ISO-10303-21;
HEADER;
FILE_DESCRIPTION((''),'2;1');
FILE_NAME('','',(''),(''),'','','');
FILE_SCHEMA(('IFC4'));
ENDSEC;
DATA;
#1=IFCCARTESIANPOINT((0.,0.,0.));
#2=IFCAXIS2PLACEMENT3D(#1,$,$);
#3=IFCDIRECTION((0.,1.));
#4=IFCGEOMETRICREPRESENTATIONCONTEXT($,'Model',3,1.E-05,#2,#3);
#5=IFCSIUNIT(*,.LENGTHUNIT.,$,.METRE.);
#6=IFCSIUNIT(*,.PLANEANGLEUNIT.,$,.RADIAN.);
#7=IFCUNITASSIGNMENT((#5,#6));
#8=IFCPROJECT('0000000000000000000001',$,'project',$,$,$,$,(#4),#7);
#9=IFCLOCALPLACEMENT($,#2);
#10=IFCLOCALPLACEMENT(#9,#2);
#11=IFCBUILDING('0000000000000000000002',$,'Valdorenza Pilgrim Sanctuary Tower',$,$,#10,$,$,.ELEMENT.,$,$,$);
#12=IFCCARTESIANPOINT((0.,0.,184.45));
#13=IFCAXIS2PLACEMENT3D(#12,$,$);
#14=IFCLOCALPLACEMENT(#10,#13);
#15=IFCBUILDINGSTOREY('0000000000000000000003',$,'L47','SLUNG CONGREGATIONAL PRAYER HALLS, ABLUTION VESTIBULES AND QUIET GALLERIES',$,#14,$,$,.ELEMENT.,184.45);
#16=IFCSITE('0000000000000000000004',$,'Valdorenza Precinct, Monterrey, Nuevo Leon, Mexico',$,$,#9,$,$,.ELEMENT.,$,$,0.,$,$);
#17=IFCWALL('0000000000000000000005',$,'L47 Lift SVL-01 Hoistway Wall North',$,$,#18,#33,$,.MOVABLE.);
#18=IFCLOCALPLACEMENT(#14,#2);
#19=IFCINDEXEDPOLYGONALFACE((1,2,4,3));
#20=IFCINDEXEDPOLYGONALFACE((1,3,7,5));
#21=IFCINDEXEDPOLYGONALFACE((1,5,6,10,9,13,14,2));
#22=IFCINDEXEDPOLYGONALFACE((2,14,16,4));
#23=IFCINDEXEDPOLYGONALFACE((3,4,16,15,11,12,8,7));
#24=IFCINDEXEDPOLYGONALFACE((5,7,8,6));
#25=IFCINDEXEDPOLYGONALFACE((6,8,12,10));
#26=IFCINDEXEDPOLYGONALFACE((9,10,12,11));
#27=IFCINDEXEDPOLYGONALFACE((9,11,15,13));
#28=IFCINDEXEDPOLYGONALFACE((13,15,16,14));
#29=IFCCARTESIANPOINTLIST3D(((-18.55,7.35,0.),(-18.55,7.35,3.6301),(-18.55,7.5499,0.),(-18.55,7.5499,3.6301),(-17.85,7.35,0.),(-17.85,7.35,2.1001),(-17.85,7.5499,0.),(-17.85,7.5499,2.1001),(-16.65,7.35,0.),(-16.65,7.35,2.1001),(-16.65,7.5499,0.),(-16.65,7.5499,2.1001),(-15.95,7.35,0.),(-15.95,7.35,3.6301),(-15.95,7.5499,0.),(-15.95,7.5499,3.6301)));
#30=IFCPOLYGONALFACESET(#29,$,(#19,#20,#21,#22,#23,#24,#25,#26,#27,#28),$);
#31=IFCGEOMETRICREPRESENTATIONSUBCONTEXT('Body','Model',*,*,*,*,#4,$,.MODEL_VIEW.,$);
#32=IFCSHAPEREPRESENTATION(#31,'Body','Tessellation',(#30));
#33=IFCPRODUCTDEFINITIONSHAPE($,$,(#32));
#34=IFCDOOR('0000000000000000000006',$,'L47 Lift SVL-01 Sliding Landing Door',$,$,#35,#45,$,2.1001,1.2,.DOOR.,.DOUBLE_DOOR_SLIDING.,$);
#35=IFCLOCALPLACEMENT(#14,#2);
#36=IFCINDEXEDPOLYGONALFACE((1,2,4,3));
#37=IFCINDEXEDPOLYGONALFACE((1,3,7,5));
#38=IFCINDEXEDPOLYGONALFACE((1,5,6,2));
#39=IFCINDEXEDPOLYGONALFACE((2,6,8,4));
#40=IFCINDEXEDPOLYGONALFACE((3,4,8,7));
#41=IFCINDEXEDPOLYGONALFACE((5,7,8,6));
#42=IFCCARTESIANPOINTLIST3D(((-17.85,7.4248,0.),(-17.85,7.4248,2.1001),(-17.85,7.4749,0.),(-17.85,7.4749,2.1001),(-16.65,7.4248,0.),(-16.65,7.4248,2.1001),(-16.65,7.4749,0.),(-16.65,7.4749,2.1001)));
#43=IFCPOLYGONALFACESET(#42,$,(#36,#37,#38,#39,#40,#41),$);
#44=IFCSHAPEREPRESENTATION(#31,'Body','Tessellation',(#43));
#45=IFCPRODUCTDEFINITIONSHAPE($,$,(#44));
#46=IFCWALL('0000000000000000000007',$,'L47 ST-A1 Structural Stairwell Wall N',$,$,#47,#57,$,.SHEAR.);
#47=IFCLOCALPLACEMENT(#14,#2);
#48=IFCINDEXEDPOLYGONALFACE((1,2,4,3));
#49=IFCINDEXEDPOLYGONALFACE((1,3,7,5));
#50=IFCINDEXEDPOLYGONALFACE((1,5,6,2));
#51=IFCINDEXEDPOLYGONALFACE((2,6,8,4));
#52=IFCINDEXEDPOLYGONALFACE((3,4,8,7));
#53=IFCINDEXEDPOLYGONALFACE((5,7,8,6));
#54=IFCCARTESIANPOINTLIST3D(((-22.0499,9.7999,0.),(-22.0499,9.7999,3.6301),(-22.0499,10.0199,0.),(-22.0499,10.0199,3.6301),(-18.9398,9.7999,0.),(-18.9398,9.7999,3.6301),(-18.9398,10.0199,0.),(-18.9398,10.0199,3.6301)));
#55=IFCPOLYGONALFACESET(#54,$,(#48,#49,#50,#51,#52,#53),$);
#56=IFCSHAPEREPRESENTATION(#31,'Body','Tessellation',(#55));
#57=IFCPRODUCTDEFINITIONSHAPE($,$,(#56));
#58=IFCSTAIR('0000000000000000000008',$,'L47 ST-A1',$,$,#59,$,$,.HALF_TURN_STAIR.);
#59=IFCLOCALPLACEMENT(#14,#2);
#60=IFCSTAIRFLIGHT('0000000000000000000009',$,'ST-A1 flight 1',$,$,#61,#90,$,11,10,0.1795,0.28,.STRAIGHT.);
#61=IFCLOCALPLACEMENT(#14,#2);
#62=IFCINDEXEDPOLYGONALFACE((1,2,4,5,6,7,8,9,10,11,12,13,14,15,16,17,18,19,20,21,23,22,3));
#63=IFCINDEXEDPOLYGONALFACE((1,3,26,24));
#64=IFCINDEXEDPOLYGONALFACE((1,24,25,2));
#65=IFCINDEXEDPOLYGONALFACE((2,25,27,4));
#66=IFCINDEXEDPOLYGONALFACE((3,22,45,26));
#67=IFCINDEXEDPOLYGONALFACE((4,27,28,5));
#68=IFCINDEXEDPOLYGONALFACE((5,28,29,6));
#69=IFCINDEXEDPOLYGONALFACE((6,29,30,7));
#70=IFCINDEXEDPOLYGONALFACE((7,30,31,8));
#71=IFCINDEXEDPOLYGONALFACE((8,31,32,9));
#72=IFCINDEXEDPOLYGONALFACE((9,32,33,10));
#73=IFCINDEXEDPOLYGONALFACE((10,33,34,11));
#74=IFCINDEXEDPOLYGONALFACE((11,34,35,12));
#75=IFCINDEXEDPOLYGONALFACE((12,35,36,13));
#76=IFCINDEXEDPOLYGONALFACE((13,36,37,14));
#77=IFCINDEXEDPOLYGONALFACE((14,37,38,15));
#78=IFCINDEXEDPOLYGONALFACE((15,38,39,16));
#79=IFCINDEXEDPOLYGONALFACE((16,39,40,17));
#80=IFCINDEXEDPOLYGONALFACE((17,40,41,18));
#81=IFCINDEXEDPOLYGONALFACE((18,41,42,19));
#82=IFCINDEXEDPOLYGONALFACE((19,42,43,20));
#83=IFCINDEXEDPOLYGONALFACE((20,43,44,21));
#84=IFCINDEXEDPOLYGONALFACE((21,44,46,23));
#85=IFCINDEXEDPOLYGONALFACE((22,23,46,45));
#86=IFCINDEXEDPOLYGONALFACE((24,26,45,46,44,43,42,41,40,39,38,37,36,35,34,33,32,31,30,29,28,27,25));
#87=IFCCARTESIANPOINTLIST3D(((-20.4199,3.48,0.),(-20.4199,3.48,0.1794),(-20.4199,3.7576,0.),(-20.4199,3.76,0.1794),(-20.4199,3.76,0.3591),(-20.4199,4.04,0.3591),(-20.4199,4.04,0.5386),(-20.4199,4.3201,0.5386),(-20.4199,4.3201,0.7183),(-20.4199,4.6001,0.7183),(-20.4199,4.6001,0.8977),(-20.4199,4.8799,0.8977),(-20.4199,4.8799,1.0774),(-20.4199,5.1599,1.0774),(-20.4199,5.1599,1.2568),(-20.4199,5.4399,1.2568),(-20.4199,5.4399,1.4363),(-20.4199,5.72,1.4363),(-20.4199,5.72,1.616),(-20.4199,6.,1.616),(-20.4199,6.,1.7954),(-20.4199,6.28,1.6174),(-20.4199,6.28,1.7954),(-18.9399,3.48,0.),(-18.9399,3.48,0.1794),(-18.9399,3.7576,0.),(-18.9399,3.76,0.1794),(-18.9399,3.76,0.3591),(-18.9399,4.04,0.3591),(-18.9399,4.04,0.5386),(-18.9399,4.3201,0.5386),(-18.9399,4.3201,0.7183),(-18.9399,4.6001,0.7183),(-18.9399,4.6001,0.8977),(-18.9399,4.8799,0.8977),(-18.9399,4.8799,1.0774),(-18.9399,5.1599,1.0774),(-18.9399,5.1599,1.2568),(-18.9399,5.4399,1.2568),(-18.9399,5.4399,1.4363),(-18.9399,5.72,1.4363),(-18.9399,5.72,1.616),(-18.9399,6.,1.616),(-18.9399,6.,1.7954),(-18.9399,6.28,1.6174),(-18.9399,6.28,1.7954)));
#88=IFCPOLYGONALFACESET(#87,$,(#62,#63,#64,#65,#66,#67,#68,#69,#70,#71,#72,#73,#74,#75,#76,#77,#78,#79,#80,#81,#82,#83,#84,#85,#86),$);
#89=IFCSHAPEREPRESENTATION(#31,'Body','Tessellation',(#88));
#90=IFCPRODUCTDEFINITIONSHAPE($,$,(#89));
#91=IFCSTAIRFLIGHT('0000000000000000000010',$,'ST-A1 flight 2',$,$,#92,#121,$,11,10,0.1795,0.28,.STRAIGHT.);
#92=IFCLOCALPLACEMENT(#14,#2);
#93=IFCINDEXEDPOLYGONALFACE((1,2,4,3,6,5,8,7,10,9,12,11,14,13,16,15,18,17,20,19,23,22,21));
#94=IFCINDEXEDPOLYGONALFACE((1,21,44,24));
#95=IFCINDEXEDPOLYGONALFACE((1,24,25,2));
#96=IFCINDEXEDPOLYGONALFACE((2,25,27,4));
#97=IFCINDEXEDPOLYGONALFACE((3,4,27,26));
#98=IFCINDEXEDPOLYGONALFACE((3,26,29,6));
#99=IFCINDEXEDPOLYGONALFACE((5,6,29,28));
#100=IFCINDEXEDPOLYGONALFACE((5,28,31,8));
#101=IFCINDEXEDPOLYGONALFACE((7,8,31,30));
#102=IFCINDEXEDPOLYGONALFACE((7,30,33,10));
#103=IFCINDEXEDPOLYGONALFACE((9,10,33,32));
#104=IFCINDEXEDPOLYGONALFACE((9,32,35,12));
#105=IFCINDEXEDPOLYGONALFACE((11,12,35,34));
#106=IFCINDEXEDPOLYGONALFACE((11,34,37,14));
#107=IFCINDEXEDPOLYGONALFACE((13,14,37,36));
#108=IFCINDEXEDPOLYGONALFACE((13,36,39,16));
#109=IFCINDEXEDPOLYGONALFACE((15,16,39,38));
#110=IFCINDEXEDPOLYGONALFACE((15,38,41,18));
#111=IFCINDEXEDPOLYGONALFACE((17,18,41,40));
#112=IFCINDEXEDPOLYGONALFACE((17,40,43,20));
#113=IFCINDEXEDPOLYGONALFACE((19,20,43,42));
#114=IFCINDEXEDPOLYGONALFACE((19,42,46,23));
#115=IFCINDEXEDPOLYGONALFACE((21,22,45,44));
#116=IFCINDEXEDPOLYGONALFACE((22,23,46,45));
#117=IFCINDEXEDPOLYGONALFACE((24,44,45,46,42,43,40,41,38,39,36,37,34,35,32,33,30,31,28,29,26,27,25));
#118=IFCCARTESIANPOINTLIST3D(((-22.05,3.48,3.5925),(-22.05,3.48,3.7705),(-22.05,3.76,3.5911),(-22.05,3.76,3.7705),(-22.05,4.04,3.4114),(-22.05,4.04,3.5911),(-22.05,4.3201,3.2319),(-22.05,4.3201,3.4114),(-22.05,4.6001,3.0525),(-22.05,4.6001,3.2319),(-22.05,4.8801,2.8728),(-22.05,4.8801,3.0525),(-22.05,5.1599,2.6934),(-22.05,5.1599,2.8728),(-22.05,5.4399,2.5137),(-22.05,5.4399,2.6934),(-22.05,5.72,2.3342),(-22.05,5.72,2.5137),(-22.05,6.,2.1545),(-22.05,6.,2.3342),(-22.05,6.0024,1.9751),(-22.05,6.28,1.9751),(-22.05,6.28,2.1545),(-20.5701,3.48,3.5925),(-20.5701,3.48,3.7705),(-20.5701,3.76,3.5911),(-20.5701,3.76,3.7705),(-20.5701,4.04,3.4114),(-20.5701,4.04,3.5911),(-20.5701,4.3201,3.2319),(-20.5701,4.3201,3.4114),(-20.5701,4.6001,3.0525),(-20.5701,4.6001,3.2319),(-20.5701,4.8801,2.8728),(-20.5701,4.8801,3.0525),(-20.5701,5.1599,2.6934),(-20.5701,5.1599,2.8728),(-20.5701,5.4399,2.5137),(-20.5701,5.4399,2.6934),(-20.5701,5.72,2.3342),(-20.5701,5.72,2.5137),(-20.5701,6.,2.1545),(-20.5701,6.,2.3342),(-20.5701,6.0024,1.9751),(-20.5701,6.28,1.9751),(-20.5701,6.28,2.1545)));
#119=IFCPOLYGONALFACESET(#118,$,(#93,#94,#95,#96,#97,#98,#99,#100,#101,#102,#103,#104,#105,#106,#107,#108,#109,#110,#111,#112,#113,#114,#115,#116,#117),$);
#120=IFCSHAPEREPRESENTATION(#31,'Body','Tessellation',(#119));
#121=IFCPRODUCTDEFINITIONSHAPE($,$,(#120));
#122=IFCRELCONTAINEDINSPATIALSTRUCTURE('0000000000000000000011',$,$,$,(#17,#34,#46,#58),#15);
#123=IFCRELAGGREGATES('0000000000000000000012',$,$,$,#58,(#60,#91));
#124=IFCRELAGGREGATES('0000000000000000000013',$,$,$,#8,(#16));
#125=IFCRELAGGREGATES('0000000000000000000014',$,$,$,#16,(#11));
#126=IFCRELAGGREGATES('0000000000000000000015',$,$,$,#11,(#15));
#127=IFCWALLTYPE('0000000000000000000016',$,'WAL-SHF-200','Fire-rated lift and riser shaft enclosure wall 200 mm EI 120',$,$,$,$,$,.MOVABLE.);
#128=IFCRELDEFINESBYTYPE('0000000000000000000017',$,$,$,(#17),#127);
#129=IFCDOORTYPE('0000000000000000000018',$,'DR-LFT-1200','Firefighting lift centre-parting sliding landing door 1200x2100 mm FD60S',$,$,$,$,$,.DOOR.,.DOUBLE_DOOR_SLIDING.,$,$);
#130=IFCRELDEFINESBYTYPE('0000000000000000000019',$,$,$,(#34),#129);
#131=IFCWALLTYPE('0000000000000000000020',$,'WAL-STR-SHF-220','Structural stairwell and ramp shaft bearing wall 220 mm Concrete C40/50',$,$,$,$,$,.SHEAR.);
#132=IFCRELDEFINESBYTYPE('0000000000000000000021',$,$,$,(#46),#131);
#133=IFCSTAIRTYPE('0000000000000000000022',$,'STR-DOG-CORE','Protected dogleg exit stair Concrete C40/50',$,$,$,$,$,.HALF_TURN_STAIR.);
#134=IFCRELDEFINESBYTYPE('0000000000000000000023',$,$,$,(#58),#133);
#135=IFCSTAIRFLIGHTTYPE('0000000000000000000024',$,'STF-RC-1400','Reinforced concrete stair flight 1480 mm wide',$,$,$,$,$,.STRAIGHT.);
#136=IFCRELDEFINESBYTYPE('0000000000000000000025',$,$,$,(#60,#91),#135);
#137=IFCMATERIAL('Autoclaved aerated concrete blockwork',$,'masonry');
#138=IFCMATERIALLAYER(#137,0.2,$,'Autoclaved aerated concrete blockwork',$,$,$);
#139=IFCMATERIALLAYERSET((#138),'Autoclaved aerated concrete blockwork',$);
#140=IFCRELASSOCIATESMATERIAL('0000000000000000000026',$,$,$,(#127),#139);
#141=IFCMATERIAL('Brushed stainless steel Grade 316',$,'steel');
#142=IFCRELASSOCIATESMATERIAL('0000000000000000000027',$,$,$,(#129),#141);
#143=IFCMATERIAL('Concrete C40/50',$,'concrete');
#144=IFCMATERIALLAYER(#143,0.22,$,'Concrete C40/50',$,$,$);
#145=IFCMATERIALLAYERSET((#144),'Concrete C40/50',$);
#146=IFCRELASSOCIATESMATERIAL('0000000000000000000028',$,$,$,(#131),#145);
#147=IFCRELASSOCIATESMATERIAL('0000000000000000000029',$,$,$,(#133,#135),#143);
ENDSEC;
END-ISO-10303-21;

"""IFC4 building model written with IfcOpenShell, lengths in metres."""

from ifc_helpers import new_model, si_unit, direction, frame, frame_2d, origin, place, context, subcontext, project, spatial, polyline, rectangle, outline, extrude, material, layer, layer_set, type_object, element, fill, aggregate, save


model = new_model("IFC4")

# Units and contexts
model_context = context("Model", 3, precision=1e-05, world=origin(), true_north=direction((0.0, 1.0)))
body_context = subcontext(model_context, "Body", "Model", "MODEL_VIEW")
ifc_project = project(units=[si_unit("LENGTHUNIT", "METRE"), si_unit("PLANEANGLEUNIT", "RADIAN")], contexts=[model_context])

# Site, building, storey
site_placement = place(None, origin())
site = spatial("IfcSite", under=ifc_project, at=site_placement, Name="Valdorenza Precinct, Monterrey, Nuevo Leon, Mexico", CompositionType="ELEMENT", RefElevation=0.0)
building_placement = place(site_placement, origin())
building = spatial("IfcBuilding", under=site, at=building_placement, Name="Valdorenza Pilgrim Sanctuary Tower", CompositionType="ELEMENT")
storey_placement = place(building_placement, frame((0.0, 0.0, 184.45)))
storey = spatial("IfcBuildingStorey", under=building, at=storey_placement, Name="L47", Description="SLUNG CONGREGATIONAL PRAYER HALLS, ABLUTION VESTIBULES AND QUIET GALLERIES", CompositionType="ELEMENT", Elevation=184.45)

# Shared definitions
ifc_material_1 = material(Name="Autoclaved aerated concrete blockwork", Category="masonry")
ifc_layer_1 = layer(ifc_material_1, 0.2, Name="Autoclaved aerated concrete blockwork")
ifc_layer_set_1 = layer_set([ifc_layer_1], Name="Autoclaved aerated concrete blockwork")
wall_type_1 = type_object("IfcWallType", Name="WAL-SHF-200", Description="Fire-rated lift and riser shaft enclosure wall 200 mm EI 120", PredefinedType="MOVABLE", material=ifc_layer_set_1)

# Wall, opening, door
wall_1_placement = place(storey_placement, frame((-18.55, 7.45, 0.0), z_axis=(0.0, 0.0, 1.0), x_axis=(1.0, 0.0, 0.0)))
wall_1 = element("IfcWall", 1, at=wall_1_placement, inside=storey, type_object=wall_type_1, Name="L47 Lift SVL-01 Hoistway Wall North", PredefinedType="MOVABLE", context=body_context, shape_type="SweptSolid", body=[
    extrude(rectangle(XDim=2.6001, YDim=0.2, at=frame_2d((1.3, 0.0))), origin(), (0.0, 0.0, 1.0), 3.6301),
])
opening_1_placement = place(wall_1_placement, frame((0.7, 0.0, 0.0)))
opening_1 = element("IfcOpeningElement", 2, at=opening_1_placement, cuts=wall_1, PredefinedType="OPENING", context=body_context, shape_type="SweptSolid", body=[
    extrude(rectangle(XDim=1.2, YDim=2.1001, at=frame_2d((0.6001, 1.05))), frame((0.0, 0.1147, 0.0), z_axis=(0.0, -1.0, 0.0), x_axis=(1.0, 0.0, 0.0)), (0.0, 0.0, 1.0), 0.2297),
])
ifc_material_2 = material(Name="Brushed stainless steel Grade 316", Category="steel")
door_type_1 = type_object("IfcDoorType", Name="DR-LFT-1200", Description="Firefighting lift centre-parting sliding landing door 1200x2100 mm FD60S", OperationType="DOUBLE_DOOR_SLIDING", PredefinedType="DOOR", material=ifc_material_2)
door_1_placement = place(opening_1_placement, origin())
door_1 = element("IfcDoor", 3, at=door_1_placement, inside=storey, type_object=door_type_1, Name="L47 Lift SVL-01 Sliding Landing Door", OperationType="DOUBLE_DOOR_SLIDING", OverallHeight=2.1001, OverallWidth=1.2, PredefinedType="DOOR", context=body_context, shape_type="SweptSolid", body=[
    extrude(rectangle(XDim=1.2, YDim=2.1001, at=frame_2d((0.6001, 1.05))), frame((0.0, 0.0249, 0.0), z_axis=(0.0, -1.0, 0.0), x_axis=(1.0, 0.0, 0.0)), (0.0, 0.0, 1.0), 0.05),
])
fill(opening_1, door_1)
ifc_material_3 = material(Name="Concrete C40/50", Category="concrete")
ifc_layer_2 = layer(ifc_material_3, 0.22, Name="Concrete C40/50")
ifc_layer_set_2 = layer_set([ifc_layer_2], Name="Concrete C40/50")
wall_type_2 = type_object("IfcWallType", Name="WAL-STR-SHF-220", Description="Structural stairwell and ramp shaft bearing wall 220 mm Concrete C40/50", PredefinedType="SHEAR", material=ifc_layer_set_2)

# Wall
wall_2_placement = place(storey_placement, frame((-22.05, 9.9099, 0.0), z_axis=(0.0, 0.0, 1.0), x_axis=(1.0, 0.0, 0.0)))
element("IfcWall", 4, at=wall_2_placement, inside=storey, type_object=wall_type_2, Name="L47 ST-A1 Structural Stairwell Wall N", PredefinedType="SHEAR", context=body_context, shape_type="SweptSolid", body=[
    extrude(rectangle(XDim=3.1101, YDim=0.22, at=frame_2d((1.5552, 0.0))), origin(), (0.0, 0.0, 1.0), 3.6301),
])

# Stair, stair flights
stair_type = type_object("IfcStairType", Name="STR-DOG-CORE", Description="Protected dogleg exit stair Concrete C40/50", PredefinedType="HALF_TURN_STAIR", material=ifc_material_3)
stair_placement = place(storey_placement, origin())
stair = element("IfcStair", 5, at=stair_placement, inside=storey, type_object=stair_type, Name="L47 ST-A1", PredefinedType="HALF_TURN_STAIR")
stair_flight_type = type_object("IfcStairFlightType", Name="STF-RC-1400", Description="Reinforced concrete stair flight 1480 mm wide", PredefinedType="STRAIGHT", material=ifc_material_3)
stair_flight_1_placement = place(storey_placement, frame((-19.6799, 3.48, 0.0), z_axis=(0.0, 0.0, 1.0), x_axis=(0.0, 1.0, 0.0)))
stair_flight_1 = element("IfcStairFlight", 6, at=stair_flight_1_placement, type_object=stair_flight_type, Name="ST-A1 flight 1", NumberOfRisers=11, NumberOfTreads=10, PredefinedType="STRAIGHT", RiserHeight=0.1795, TreadLength=0.28, context=body_context, shape_type="SweptSolid", body=[
    extrude(outline(polyline([(0.0, 0.0), (0.0, 0.1794), (0.28, 0.1794), (0.28, 0.3591), (0.5601, 0.3591), (0.5601, 0.5386), (0.8401, 0.5386), (0.8401, 0.7183), (1.1201, 0.7183), (1.1201, 0.8977), (1.3999, 0.8977), (1.3999, 1.0774), (1.6799, 1.0774), (1.6799, 1.2568), (1.96, 1.2568), (1.96, 1.4363), (2.24, 1.4363), (2.24, 1.616), (2.52, 1.616), (2.52, 1.7954), (2.8, 1.7954), (2.8, 1.9751), (2.8, 1.6174), (0.2776, 0.0), (0.0, 0.0)])), frame((0.0, 0.74, 0.0), z_axis=(0.0, -1.0, 0.0), x_axis=(1.0, 0.0, 0.0)), (0.0, 0.0, 1.0), 1.48),
])
stair_flight_2_placement = place(storey_placement, frame((-21.3101, 6.28, 1.9751), z_axis=(0.0, 0.0, 1.0), x_axis=(0.0, -1.0, 0.0)))
stair_flight_2 = element("IfcStairFlight", 7, at=stair_flight_2_placement, type_object=stair_flight_type, Name="ST-A1 flight 2", NumberOfRisers=11, NumberOfTreads=10, PredefinedType="STRAIGHT", RiserHeight=0.1795, TreadLength=0.28, context=body_context, shape_type="SweptSolid", body=[
    extrude(outline(polyline([(0.0, 0.0), (0.0, 0.1794), (0.28, 0.1794), (0.28, 0.3591), (0.5601, 0.3591), (0.5601, 0.5386), (0.8401, 0.5386), (0.8401, 0.7183), (1.1201, 0.7183), (1.1201, 0.8977), (1.3999, 0.8977), (1.3999, 1.0774), (1.6799, 1.0774), (1.6799, 1.2568), (1.96, 1.2568), (1.96, 1.4363), (2.24, 1.4363), (2.24, 1.616), (2.52, 1.616), (2.52, 1.7954), (2.8, 1.7954), (2.8, 1.9751), (2.8, 1.6174), (0.2776, 0.0), (0.0, 0.0)])), frame((0.0, 0.74, 0.0), z_axis=(0.0, -1.0, 0.0), x_axis=(1.0, 0.0, 0.0)), (0.0, 0.0, 1.0), 1.48),
])
aggregate(stair, [stair_flight_1, stair_flight_2])

save(model, "model.ifc")
